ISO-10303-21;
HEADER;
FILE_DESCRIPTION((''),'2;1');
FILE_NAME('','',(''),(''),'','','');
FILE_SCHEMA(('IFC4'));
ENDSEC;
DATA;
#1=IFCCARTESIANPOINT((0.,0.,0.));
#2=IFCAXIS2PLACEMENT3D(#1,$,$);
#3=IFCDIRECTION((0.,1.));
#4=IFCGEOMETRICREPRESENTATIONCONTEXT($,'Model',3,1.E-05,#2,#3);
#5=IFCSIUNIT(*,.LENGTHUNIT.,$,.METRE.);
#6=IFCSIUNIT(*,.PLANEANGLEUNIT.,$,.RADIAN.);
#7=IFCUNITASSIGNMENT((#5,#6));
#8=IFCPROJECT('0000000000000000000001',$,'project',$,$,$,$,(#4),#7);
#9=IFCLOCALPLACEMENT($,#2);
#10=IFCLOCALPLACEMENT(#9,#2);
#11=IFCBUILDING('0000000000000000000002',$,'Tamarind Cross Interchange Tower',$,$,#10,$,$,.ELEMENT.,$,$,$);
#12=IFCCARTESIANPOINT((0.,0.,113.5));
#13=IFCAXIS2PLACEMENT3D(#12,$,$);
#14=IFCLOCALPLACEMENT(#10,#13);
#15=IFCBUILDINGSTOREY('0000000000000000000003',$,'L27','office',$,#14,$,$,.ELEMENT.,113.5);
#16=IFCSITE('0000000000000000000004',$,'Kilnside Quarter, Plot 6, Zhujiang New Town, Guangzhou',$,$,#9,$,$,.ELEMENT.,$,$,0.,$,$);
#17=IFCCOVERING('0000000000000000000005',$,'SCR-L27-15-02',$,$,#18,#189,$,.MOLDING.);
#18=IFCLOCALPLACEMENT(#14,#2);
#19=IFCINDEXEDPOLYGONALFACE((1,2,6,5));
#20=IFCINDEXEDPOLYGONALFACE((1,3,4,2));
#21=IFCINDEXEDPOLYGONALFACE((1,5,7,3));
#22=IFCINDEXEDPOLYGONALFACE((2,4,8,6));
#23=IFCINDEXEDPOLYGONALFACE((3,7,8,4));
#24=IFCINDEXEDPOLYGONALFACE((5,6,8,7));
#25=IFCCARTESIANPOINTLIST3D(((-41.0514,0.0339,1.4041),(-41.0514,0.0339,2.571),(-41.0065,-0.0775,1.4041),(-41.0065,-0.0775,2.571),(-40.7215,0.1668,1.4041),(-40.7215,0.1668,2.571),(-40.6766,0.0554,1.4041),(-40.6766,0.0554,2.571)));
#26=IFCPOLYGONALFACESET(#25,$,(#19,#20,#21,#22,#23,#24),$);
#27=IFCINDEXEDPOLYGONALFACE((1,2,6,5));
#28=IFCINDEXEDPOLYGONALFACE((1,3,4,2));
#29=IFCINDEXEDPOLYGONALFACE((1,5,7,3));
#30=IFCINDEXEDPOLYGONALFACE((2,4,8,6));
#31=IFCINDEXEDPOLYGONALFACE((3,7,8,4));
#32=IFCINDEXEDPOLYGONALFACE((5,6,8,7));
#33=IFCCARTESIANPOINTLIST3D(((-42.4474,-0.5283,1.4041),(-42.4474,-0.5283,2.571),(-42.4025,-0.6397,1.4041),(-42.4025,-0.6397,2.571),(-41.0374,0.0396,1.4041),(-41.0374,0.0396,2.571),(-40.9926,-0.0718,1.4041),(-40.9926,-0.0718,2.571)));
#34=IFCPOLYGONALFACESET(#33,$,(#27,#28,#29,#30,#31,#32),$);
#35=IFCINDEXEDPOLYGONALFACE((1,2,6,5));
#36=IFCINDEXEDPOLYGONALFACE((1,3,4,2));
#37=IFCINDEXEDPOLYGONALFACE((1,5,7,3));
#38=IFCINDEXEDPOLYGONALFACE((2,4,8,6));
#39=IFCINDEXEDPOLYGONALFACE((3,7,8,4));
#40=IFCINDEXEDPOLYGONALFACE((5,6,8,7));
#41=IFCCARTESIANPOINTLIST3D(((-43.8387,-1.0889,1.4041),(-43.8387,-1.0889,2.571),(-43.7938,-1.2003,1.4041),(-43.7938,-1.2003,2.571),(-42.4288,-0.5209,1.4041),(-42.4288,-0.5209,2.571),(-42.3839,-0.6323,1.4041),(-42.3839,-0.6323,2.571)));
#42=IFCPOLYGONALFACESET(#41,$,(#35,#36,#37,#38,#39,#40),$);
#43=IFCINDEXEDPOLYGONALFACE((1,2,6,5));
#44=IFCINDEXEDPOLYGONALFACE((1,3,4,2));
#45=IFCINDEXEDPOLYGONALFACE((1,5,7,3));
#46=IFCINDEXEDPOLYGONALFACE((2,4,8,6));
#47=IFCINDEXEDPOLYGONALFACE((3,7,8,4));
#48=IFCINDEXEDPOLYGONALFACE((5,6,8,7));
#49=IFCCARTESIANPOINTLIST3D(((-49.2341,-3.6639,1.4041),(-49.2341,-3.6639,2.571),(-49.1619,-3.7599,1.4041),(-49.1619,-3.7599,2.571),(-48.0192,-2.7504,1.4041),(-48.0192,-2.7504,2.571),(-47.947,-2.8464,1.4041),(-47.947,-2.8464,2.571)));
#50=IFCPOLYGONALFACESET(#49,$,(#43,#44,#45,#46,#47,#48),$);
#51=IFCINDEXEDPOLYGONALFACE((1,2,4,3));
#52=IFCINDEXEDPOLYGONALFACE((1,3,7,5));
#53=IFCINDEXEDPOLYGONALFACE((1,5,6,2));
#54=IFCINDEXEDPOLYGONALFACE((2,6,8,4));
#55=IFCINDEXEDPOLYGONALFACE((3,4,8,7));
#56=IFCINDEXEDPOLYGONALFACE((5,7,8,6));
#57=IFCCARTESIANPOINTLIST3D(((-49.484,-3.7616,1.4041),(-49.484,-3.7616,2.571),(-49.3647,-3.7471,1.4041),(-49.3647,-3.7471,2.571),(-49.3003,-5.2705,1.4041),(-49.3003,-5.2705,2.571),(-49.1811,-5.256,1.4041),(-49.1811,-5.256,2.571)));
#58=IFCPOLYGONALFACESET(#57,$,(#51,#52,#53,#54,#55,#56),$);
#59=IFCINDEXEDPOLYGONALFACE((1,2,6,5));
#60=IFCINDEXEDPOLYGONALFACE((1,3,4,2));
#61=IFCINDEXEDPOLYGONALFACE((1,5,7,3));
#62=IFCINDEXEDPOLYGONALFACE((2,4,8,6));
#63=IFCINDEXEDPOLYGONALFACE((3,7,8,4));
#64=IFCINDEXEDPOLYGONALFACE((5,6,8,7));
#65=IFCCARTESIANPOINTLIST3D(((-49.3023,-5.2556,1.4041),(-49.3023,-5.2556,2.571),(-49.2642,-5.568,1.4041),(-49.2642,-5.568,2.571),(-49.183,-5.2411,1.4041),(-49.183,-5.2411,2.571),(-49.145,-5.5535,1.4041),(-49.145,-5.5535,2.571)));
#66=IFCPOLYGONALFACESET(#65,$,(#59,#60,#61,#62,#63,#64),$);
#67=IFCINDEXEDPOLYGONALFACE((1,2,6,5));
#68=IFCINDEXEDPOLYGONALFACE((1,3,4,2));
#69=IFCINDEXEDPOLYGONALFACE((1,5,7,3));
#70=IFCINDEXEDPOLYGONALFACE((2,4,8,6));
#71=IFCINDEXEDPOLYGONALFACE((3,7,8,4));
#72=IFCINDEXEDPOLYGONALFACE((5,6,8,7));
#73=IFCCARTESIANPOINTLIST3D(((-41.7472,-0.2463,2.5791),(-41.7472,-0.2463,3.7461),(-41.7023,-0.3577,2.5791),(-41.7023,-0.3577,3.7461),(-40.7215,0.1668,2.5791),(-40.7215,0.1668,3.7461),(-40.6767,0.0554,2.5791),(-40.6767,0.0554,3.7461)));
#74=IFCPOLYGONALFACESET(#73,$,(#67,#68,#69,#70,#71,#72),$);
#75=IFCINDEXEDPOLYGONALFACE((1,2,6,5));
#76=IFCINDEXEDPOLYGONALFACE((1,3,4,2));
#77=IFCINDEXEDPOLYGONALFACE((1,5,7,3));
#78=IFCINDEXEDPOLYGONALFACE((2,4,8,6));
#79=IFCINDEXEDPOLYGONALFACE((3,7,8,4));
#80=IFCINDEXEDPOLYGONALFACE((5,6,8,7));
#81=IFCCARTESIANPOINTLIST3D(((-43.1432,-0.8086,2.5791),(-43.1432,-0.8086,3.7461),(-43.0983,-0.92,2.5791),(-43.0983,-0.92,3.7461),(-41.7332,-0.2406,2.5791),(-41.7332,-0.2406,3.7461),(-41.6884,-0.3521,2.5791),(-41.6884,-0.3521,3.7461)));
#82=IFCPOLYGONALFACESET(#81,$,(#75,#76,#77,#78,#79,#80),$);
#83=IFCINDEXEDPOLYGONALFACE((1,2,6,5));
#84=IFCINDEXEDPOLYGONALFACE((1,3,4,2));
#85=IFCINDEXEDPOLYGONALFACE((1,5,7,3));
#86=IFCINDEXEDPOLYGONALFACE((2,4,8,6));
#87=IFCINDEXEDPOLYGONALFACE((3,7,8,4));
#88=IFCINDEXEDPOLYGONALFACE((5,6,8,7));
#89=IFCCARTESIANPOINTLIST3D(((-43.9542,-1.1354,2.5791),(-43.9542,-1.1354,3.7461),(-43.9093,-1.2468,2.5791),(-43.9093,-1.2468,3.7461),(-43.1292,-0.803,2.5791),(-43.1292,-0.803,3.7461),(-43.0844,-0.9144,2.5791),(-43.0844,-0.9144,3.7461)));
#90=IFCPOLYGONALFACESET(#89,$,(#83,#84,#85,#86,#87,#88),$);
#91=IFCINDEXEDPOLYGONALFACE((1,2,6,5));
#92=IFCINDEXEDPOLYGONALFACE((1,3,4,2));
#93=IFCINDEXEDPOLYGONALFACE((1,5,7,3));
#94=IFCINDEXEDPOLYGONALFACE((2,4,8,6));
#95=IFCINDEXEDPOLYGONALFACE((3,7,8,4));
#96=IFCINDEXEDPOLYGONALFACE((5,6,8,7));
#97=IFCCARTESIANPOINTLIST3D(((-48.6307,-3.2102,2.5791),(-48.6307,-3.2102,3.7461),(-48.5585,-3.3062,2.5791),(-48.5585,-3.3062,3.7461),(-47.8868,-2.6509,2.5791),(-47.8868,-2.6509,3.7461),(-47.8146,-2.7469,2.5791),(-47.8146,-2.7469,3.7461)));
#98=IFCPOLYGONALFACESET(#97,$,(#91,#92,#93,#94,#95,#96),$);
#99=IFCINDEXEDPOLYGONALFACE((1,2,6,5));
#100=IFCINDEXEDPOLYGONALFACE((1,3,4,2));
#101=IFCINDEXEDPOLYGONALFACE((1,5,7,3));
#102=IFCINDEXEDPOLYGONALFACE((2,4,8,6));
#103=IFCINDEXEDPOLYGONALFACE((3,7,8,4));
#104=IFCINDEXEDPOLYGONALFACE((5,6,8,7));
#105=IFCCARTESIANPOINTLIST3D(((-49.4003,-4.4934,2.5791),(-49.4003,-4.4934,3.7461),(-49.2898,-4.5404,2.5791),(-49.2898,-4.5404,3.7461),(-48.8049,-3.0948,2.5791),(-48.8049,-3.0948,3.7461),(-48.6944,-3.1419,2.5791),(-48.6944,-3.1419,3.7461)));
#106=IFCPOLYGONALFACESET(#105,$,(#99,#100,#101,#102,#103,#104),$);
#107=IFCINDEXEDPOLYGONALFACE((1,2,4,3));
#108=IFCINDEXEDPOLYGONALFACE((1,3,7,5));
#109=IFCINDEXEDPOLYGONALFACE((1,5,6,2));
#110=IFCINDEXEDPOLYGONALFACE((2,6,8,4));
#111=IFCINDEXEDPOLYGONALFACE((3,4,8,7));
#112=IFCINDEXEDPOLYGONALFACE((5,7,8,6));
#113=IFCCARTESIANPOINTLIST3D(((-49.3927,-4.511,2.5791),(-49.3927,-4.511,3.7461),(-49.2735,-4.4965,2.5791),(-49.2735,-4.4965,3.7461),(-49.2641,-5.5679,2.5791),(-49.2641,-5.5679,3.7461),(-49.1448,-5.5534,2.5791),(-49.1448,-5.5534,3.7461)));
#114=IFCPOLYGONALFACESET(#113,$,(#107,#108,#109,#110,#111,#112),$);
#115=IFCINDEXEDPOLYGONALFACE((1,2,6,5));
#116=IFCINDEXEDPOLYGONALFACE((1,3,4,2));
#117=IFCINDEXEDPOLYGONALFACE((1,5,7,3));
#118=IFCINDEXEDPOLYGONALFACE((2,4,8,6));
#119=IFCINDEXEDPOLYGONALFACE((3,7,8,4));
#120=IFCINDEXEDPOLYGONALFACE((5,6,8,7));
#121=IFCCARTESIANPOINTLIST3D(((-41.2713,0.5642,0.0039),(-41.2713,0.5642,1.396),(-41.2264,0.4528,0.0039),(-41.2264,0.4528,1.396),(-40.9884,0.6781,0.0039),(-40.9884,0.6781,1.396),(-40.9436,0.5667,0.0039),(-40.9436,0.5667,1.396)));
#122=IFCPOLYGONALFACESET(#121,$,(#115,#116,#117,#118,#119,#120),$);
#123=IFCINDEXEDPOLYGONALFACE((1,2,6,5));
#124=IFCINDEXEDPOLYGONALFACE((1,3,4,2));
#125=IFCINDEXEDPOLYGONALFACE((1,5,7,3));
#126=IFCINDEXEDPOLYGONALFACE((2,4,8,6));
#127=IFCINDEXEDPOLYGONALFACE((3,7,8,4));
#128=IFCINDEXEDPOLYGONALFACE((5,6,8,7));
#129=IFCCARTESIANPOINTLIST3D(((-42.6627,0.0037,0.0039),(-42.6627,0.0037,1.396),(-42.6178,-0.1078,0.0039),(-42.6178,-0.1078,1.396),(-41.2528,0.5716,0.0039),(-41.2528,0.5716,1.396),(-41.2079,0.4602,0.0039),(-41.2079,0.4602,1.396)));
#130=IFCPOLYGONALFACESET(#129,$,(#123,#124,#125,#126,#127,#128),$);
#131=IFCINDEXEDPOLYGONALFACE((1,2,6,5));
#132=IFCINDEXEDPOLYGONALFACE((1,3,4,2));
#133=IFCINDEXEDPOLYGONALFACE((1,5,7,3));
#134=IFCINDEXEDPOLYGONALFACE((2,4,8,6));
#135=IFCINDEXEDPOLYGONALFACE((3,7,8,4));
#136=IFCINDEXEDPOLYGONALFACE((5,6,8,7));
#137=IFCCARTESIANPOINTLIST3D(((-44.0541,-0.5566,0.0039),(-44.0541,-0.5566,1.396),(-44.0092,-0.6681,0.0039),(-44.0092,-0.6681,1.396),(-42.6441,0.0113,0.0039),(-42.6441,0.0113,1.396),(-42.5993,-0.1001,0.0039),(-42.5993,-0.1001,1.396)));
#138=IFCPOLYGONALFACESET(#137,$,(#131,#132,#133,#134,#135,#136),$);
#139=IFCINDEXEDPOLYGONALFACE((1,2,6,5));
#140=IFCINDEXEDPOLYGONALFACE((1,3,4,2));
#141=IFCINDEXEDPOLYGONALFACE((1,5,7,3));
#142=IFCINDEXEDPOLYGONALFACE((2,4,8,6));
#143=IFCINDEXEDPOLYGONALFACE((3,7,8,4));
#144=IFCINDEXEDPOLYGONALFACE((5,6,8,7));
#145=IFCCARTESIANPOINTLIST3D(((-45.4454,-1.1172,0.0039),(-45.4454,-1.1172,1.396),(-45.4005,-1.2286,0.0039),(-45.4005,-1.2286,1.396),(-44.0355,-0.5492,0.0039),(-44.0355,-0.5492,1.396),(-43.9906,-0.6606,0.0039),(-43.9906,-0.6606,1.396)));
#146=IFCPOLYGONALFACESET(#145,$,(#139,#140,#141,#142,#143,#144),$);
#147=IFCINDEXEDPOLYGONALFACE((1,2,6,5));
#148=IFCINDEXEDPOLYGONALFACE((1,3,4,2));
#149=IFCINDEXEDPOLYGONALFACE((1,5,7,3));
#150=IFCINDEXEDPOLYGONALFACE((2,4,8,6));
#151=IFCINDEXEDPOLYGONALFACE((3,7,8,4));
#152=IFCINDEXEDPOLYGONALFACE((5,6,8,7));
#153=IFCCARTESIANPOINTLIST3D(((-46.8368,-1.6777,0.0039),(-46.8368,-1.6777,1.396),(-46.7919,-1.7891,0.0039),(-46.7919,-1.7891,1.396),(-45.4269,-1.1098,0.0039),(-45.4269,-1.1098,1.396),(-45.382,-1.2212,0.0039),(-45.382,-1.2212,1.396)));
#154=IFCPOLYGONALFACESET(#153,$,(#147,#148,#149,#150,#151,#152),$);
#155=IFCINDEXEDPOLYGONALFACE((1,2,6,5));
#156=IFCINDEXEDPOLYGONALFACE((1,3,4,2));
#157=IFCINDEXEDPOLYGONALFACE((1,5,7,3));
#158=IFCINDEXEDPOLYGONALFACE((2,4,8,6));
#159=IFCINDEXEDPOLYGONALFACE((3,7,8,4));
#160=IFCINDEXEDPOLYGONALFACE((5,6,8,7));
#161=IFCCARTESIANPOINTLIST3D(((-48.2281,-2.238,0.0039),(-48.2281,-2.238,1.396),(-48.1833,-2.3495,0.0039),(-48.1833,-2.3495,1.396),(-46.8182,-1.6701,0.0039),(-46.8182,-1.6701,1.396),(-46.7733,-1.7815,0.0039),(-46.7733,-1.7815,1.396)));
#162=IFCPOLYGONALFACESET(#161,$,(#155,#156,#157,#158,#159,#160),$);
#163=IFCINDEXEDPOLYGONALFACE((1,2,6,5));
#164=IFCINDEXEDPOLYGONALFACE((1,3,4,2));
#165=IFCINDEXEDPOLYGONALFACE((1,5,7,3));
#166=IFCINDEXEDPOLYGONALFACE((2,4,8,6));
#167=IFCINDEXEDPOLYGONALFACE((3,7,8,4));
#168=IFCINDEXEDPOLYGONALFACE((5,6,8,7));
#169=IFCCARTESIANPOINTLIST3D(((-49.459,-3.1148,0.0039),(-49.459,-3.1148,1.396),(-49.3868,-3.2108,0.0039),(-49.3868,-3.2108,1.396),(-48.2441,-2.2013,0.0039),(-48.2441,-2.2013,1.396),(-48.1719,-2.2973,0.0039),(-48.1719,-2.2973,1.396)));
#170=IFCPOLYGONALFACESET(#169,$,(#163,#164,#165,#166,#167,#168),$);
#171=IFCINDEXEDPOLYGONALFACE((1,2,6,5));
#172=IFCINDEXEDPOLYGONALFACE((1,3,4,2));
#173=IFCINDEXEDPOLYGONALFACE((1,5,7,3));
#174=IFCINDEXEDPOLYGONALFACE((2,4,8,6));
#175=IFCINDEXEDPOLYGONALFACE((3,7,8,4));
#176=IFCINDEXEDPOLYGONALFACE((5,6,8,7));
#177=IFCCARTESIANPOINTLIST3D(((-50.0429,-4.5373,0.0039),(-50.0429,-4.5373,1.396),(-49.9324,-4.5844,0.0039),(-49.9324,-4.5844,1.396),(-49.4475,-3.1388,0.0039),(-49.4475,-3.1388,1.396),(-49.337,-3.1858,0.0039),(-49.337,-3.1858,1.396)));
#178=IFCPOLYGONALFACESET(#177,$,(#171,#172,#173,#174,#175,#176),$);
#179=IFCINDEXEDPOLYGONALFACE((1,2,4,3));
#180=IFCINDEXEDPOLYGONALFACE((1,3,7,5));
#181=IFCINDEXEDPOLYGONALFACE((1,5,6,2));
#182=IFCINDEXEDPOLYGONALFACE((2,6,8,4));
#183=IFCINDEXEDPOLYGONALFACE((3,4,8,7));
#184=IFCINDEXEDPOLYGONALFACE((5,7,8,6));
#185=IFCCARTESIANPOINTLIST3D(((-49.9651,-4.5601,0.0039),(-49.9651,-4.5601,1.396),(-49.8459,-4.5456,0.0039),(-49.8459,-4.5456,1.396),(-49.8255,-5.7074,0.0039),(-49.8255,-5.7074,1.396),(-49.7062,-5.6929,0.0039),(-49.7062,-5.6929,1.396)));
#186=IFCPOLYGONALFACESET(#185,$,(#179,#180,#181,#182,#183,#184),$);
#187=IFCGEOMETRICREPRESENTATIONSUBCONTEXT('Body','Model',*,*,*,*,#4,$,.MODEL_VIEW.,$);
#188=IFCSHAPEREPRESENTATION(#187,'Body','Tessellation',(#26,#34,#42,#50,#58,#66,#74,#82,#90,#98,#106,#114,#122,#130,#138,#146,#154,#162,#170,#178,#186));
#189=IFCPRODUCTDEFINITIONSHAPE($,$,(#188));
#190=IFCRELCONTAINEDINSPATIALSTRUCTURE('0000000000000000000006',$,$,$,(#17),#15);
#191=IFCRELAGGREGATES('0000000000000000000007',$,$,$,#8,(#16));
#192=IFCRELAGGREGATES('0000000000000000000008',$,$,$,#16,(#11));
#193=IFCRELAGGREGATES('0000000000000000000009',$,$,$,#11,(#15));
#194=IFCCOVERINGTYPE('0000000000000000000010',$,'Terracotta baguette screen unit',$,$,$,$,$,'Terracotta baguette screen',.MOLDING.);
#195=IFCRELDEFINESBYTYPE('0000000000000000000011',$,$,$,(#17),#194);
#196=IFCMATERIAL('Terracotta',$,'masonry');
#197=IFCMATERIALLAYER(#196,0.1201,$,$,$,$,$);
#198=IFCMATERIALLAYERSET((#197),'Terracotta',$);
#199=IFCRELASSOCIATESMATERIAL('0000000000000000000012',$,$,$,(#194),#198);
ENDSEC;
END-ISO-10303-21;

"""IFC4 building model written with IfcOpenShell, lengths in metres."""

from ifc_helpers import new_model, si_unit, direction, frame, origin, origin_2d, place, context, subcontext, project, spatial, rectangle, extrude, material, layer, layer_set, type_object, element, save


model = new_model("IFC4")

# Units and contexts
model_context = context("Model", 3, precision=1e-05, world=origin(), true_north=direction((0.0, 1.0)))
body_context = subcontext(model_context, "Body", "Model", "MODEL_VIEW")
ifc_project = project(units=[si_unit("LENGTHUNIT", "METRE"), si_unit("PLANEANGLEUNIT", "RADIAN")], contexts=[model_context])

# Site, building, storey
site_placement = place(None, origin())
site = spatial("IfcSite", under=ifc_project, at=site_placement, Name="Kilnside Quarter, Plot 6, Zhujiang New Town, Guangzhou", CompositionType="ELEMENT", RefElevation=0.0)
building_placement = place(site_placement, origin())
building = spatial("IfcBuilding", under=site, at=building_placement, Name="Tamarind Cross Interchange Tower", CompositionType="ELEMENT")
storey_placement = place(building_placement, frame((0.0, 0.0, 113.5)))
storey = spatial("IfcBuildingStorey", under=building, at=storey_placement, Name="L27", Description="office", CompositionType="ELEMENT", Elevation=113.5)

# Covering
ifc_material_1 = material(Name="Terracotta", Category="masonry")
ifc_layer_1 = layer(ifc_material_1, 0.1201)
ifc_layer_set_1 = layer_set([ifc_layer_1], Name="Terracotta")
covering_type = type_object("IfcCoveringType", Name="Terracotta baguette screen unit", ElementType="Terracotta baguette screen", PredefinedType="MOLDING", material=ifc_layer_set_1)
covering_1_placement = place(storey_placement, origin())
element("IfcCovering", 1, at=covering_1_placement, inside=storey, type_object=covering_type, Name="SCR-L27-15-02", PredefinedType="MOLDING", context=body_context, shape_type="SweptSolid", body=[
    extrude(rectangle(XDim=0.3557, YDim=0.1201, at=origin_2d()), frame((-40.864, 0.0447, 1.4041), z_axis=(0.0, 0.0, 1.0), x_axis=(-0.92757, -0.373648, 0.0)), (0.0, 0.0, 1.0), 1.167),
    extrude(rectangle(XDim=1.52, YDim=0.1201, at=origin_2d()), frame((-41.72, -0.3, 1.4041), z_axis=(0.0, 0.0, 1.0), x_axis=(-0.92757, -0.373648, 0.0)), (0.0, 0.0, 1.0), 1.167),
    extrude(rectangle(XDim=1.52, YDim=0.1201, at=origin_2d()), frame((-43.1113, -0.8606, 1.4041), z_axis=(0.0, 0.0, 1.0), x_axis=(-0.92757, -0.373648, 0.0)), (0.0, 0.0, 1.0), 1.167),
    extrude(rectangle(XDim=1.52, YDim=0.1201, at=origin_2d()), frame((-48.5906, -3.2551, 1.4041), z_axis=(0.0, 0.0, 1.0), x_axis=(-0.799257, -0.60099, 0.0)), (0.0, 0.0, 1.0), 1.167),
    extrude(rectangle(XDim=1.52, YDim=0.1201, at=origin_2d()), frame((-49.3325, -4.5088, 1.4041), z_axis=(0.0, 0.0, 1.0), x_axis=(0.120844, -0.992672, 0.0)), (0.0, 0.0, 1.0), 1.167),
    extrude(rectangle(XDim=0.3147, YDim=0.1201, at=origin_2d()), frame((-49.2236, -5.4045, 1.4041), z_axis=(0.0, 0.0, 1.0), x_axis=(0.120844, -0.992672, 0.0)), (0.0, 0.0, 1.0), 1.167),
    extrude(rectangle(XDim=1.1057, YDim=0.1201, at=origin_2d()), frame((-41.2119, -0.0955, 2.5791), z_axis=(0.0, 0.0, 1.0), x_axis=(-0.92757, -0.373648, 0.0)), (0.0, 0.0, 1.0), 1.167),
    extrude(rectangle(XDim=1.52, YDim=0.1201, at=origin_2d()), frame((-42.4158, -0.5803, 2.5791), z_axis=(0.0, 0.0, 1.0), x_axis=(-0.92757, -0.373648, 0.0)), (0.0, 0.0, 1.0), 1.167),
    extrude(rectangle(XDim=0.8894, YDim=0.1201, at=origin_2d()), frame((-43.5193, -1.0249, 2.5791), z_axis=(0.0, 0.0, 1.0), x_axis=(-0.92757, -0.373648, 0.0)), (0.0, 0.0, 1.0), 1.167),
    extrude(rectangle(XDim=0.9307, YDim=0.1201, at=origin_2d()), frame((-48.2227, -2.9785, 2.5791), z_axis=(0.0, 0.0, 1.0), x_axis=(-0.799257, -0.60099, 0.0)), (0.0, 0.0, 1.0), 1.167),
    extrude(rectangle(XDim=1.52, YDim=0.1201, at=origin_2d()), frame((-49.0474, -3.8176, 2.5791), z_axis=(0.0, 0.0, 1.0), x_axis=(-0.391682, -0.920101, 0.0)), (0.0, 0.0, 1.0), 1.167),
    extrude(rectangle(XDim=1.0647, YDim=0.1201, at=origin_2d()), frame((-49.2688, -5.0322, 2.5791), z_axis=(0.0, 0.0, 1.0), x_axis=(0.120844, -0.992672, 0.0)), (0.0, 0.0, 1.0), 1.167),
    extrude(rectangle(XDim=0.3049, YDim=0.1201, at=origin_2d()), frame((-41.1074, 0.5654, 0.0039), z_axis=(0.0, 0.0, 1.0), x_axis=(-0.92757, -0.373648, 0.0)), (0.0, 0.0, 1.0), 1.3921),
    extrude(rectangle(XDim=1.52, YDim=0.1201, at=origin_2d()), frame((-41.9353, 0.2319, 0.0039), z_axis=(0.0, 0.0, 1.0), x_axis=(-0.92757, -0.373648, 0.0)), (0.0, 0.0, 1.0), 1.3921),
    extrude(rectangle(XDim=1.52, YDim=0.1201, at=origin_2d()), frame((-43.3267, -0.3284, 0.0039), z_axis=(0.0, 0.0, 1.0), x_axis=(-0.92757, -0.373648, 0.0)), (0.0, 0.0, 1.0), 1.3921),
    extrude(rectangle(XDim=1.52, YDim=0.1201, at=origin_2d()), frame((-44.718, -0.8889, 0.0039), z_axis=(0.0, 0.0, 1.0), x_axis=(-0.92757, -0.373648, 0.0)), (0.0, 0.0, 1.0), 1.3921),
    extrude(rectangle(XDim=1.52, YDim=0.1201, at=origin_2d()), frame((-46.1094, -1.4495, 0.0039), z_axis=(0.0, 0.0, 1.0), x_axis=(-0.92757, -0.373648, 0.0)), (0.0, 0.0, 1.0), 1.3921),
    extrude(rectangle(XDim=1.52, YDim=0.1201, at=origin_2d()), frame((-47.5007, -2.0098, 0.0039), z_axis=(0.0, 0.0, 1.0), x_axis=(-0.92757, -0.373648, 0.0)), (0.0, 0.0, 1.0), 1.3921),
    extrude(rectangle(XDim=1.52, YDim=0.1201, at=origin_2d()), frame((-48.8154, -2.7061, 0.0039), z_axis=(0.0, 0.0, 1.0), x_axis=(-0.799257, -0.60099, 0.0)), (0.0, 0.0, 1.0), 1.3921),
    extrude(rectangle(XDim=1.52, YDim=0.1201, at=origin_2d()), frame((-49.6899, -3.8616, 0.0039), z_axis=(0.0, 0.0, 1.0), x_axis=(-0.391682, -0.920101, 0.0)), (0.0, 0.0, 1.0), 1.3921),
    extrude(rectangle(XDim=1.1558, YDim=0.1201, at=origin_2d()), frame((-49.8357, -5.1265, 0.0039), z_axis=(0.0, 0.0, 1.0), x_axis=(0.120844, -0.992672, 0.0)), (0.0, 0.0, 1.0), 1.3921),
])

save(model, "model.ifc")
